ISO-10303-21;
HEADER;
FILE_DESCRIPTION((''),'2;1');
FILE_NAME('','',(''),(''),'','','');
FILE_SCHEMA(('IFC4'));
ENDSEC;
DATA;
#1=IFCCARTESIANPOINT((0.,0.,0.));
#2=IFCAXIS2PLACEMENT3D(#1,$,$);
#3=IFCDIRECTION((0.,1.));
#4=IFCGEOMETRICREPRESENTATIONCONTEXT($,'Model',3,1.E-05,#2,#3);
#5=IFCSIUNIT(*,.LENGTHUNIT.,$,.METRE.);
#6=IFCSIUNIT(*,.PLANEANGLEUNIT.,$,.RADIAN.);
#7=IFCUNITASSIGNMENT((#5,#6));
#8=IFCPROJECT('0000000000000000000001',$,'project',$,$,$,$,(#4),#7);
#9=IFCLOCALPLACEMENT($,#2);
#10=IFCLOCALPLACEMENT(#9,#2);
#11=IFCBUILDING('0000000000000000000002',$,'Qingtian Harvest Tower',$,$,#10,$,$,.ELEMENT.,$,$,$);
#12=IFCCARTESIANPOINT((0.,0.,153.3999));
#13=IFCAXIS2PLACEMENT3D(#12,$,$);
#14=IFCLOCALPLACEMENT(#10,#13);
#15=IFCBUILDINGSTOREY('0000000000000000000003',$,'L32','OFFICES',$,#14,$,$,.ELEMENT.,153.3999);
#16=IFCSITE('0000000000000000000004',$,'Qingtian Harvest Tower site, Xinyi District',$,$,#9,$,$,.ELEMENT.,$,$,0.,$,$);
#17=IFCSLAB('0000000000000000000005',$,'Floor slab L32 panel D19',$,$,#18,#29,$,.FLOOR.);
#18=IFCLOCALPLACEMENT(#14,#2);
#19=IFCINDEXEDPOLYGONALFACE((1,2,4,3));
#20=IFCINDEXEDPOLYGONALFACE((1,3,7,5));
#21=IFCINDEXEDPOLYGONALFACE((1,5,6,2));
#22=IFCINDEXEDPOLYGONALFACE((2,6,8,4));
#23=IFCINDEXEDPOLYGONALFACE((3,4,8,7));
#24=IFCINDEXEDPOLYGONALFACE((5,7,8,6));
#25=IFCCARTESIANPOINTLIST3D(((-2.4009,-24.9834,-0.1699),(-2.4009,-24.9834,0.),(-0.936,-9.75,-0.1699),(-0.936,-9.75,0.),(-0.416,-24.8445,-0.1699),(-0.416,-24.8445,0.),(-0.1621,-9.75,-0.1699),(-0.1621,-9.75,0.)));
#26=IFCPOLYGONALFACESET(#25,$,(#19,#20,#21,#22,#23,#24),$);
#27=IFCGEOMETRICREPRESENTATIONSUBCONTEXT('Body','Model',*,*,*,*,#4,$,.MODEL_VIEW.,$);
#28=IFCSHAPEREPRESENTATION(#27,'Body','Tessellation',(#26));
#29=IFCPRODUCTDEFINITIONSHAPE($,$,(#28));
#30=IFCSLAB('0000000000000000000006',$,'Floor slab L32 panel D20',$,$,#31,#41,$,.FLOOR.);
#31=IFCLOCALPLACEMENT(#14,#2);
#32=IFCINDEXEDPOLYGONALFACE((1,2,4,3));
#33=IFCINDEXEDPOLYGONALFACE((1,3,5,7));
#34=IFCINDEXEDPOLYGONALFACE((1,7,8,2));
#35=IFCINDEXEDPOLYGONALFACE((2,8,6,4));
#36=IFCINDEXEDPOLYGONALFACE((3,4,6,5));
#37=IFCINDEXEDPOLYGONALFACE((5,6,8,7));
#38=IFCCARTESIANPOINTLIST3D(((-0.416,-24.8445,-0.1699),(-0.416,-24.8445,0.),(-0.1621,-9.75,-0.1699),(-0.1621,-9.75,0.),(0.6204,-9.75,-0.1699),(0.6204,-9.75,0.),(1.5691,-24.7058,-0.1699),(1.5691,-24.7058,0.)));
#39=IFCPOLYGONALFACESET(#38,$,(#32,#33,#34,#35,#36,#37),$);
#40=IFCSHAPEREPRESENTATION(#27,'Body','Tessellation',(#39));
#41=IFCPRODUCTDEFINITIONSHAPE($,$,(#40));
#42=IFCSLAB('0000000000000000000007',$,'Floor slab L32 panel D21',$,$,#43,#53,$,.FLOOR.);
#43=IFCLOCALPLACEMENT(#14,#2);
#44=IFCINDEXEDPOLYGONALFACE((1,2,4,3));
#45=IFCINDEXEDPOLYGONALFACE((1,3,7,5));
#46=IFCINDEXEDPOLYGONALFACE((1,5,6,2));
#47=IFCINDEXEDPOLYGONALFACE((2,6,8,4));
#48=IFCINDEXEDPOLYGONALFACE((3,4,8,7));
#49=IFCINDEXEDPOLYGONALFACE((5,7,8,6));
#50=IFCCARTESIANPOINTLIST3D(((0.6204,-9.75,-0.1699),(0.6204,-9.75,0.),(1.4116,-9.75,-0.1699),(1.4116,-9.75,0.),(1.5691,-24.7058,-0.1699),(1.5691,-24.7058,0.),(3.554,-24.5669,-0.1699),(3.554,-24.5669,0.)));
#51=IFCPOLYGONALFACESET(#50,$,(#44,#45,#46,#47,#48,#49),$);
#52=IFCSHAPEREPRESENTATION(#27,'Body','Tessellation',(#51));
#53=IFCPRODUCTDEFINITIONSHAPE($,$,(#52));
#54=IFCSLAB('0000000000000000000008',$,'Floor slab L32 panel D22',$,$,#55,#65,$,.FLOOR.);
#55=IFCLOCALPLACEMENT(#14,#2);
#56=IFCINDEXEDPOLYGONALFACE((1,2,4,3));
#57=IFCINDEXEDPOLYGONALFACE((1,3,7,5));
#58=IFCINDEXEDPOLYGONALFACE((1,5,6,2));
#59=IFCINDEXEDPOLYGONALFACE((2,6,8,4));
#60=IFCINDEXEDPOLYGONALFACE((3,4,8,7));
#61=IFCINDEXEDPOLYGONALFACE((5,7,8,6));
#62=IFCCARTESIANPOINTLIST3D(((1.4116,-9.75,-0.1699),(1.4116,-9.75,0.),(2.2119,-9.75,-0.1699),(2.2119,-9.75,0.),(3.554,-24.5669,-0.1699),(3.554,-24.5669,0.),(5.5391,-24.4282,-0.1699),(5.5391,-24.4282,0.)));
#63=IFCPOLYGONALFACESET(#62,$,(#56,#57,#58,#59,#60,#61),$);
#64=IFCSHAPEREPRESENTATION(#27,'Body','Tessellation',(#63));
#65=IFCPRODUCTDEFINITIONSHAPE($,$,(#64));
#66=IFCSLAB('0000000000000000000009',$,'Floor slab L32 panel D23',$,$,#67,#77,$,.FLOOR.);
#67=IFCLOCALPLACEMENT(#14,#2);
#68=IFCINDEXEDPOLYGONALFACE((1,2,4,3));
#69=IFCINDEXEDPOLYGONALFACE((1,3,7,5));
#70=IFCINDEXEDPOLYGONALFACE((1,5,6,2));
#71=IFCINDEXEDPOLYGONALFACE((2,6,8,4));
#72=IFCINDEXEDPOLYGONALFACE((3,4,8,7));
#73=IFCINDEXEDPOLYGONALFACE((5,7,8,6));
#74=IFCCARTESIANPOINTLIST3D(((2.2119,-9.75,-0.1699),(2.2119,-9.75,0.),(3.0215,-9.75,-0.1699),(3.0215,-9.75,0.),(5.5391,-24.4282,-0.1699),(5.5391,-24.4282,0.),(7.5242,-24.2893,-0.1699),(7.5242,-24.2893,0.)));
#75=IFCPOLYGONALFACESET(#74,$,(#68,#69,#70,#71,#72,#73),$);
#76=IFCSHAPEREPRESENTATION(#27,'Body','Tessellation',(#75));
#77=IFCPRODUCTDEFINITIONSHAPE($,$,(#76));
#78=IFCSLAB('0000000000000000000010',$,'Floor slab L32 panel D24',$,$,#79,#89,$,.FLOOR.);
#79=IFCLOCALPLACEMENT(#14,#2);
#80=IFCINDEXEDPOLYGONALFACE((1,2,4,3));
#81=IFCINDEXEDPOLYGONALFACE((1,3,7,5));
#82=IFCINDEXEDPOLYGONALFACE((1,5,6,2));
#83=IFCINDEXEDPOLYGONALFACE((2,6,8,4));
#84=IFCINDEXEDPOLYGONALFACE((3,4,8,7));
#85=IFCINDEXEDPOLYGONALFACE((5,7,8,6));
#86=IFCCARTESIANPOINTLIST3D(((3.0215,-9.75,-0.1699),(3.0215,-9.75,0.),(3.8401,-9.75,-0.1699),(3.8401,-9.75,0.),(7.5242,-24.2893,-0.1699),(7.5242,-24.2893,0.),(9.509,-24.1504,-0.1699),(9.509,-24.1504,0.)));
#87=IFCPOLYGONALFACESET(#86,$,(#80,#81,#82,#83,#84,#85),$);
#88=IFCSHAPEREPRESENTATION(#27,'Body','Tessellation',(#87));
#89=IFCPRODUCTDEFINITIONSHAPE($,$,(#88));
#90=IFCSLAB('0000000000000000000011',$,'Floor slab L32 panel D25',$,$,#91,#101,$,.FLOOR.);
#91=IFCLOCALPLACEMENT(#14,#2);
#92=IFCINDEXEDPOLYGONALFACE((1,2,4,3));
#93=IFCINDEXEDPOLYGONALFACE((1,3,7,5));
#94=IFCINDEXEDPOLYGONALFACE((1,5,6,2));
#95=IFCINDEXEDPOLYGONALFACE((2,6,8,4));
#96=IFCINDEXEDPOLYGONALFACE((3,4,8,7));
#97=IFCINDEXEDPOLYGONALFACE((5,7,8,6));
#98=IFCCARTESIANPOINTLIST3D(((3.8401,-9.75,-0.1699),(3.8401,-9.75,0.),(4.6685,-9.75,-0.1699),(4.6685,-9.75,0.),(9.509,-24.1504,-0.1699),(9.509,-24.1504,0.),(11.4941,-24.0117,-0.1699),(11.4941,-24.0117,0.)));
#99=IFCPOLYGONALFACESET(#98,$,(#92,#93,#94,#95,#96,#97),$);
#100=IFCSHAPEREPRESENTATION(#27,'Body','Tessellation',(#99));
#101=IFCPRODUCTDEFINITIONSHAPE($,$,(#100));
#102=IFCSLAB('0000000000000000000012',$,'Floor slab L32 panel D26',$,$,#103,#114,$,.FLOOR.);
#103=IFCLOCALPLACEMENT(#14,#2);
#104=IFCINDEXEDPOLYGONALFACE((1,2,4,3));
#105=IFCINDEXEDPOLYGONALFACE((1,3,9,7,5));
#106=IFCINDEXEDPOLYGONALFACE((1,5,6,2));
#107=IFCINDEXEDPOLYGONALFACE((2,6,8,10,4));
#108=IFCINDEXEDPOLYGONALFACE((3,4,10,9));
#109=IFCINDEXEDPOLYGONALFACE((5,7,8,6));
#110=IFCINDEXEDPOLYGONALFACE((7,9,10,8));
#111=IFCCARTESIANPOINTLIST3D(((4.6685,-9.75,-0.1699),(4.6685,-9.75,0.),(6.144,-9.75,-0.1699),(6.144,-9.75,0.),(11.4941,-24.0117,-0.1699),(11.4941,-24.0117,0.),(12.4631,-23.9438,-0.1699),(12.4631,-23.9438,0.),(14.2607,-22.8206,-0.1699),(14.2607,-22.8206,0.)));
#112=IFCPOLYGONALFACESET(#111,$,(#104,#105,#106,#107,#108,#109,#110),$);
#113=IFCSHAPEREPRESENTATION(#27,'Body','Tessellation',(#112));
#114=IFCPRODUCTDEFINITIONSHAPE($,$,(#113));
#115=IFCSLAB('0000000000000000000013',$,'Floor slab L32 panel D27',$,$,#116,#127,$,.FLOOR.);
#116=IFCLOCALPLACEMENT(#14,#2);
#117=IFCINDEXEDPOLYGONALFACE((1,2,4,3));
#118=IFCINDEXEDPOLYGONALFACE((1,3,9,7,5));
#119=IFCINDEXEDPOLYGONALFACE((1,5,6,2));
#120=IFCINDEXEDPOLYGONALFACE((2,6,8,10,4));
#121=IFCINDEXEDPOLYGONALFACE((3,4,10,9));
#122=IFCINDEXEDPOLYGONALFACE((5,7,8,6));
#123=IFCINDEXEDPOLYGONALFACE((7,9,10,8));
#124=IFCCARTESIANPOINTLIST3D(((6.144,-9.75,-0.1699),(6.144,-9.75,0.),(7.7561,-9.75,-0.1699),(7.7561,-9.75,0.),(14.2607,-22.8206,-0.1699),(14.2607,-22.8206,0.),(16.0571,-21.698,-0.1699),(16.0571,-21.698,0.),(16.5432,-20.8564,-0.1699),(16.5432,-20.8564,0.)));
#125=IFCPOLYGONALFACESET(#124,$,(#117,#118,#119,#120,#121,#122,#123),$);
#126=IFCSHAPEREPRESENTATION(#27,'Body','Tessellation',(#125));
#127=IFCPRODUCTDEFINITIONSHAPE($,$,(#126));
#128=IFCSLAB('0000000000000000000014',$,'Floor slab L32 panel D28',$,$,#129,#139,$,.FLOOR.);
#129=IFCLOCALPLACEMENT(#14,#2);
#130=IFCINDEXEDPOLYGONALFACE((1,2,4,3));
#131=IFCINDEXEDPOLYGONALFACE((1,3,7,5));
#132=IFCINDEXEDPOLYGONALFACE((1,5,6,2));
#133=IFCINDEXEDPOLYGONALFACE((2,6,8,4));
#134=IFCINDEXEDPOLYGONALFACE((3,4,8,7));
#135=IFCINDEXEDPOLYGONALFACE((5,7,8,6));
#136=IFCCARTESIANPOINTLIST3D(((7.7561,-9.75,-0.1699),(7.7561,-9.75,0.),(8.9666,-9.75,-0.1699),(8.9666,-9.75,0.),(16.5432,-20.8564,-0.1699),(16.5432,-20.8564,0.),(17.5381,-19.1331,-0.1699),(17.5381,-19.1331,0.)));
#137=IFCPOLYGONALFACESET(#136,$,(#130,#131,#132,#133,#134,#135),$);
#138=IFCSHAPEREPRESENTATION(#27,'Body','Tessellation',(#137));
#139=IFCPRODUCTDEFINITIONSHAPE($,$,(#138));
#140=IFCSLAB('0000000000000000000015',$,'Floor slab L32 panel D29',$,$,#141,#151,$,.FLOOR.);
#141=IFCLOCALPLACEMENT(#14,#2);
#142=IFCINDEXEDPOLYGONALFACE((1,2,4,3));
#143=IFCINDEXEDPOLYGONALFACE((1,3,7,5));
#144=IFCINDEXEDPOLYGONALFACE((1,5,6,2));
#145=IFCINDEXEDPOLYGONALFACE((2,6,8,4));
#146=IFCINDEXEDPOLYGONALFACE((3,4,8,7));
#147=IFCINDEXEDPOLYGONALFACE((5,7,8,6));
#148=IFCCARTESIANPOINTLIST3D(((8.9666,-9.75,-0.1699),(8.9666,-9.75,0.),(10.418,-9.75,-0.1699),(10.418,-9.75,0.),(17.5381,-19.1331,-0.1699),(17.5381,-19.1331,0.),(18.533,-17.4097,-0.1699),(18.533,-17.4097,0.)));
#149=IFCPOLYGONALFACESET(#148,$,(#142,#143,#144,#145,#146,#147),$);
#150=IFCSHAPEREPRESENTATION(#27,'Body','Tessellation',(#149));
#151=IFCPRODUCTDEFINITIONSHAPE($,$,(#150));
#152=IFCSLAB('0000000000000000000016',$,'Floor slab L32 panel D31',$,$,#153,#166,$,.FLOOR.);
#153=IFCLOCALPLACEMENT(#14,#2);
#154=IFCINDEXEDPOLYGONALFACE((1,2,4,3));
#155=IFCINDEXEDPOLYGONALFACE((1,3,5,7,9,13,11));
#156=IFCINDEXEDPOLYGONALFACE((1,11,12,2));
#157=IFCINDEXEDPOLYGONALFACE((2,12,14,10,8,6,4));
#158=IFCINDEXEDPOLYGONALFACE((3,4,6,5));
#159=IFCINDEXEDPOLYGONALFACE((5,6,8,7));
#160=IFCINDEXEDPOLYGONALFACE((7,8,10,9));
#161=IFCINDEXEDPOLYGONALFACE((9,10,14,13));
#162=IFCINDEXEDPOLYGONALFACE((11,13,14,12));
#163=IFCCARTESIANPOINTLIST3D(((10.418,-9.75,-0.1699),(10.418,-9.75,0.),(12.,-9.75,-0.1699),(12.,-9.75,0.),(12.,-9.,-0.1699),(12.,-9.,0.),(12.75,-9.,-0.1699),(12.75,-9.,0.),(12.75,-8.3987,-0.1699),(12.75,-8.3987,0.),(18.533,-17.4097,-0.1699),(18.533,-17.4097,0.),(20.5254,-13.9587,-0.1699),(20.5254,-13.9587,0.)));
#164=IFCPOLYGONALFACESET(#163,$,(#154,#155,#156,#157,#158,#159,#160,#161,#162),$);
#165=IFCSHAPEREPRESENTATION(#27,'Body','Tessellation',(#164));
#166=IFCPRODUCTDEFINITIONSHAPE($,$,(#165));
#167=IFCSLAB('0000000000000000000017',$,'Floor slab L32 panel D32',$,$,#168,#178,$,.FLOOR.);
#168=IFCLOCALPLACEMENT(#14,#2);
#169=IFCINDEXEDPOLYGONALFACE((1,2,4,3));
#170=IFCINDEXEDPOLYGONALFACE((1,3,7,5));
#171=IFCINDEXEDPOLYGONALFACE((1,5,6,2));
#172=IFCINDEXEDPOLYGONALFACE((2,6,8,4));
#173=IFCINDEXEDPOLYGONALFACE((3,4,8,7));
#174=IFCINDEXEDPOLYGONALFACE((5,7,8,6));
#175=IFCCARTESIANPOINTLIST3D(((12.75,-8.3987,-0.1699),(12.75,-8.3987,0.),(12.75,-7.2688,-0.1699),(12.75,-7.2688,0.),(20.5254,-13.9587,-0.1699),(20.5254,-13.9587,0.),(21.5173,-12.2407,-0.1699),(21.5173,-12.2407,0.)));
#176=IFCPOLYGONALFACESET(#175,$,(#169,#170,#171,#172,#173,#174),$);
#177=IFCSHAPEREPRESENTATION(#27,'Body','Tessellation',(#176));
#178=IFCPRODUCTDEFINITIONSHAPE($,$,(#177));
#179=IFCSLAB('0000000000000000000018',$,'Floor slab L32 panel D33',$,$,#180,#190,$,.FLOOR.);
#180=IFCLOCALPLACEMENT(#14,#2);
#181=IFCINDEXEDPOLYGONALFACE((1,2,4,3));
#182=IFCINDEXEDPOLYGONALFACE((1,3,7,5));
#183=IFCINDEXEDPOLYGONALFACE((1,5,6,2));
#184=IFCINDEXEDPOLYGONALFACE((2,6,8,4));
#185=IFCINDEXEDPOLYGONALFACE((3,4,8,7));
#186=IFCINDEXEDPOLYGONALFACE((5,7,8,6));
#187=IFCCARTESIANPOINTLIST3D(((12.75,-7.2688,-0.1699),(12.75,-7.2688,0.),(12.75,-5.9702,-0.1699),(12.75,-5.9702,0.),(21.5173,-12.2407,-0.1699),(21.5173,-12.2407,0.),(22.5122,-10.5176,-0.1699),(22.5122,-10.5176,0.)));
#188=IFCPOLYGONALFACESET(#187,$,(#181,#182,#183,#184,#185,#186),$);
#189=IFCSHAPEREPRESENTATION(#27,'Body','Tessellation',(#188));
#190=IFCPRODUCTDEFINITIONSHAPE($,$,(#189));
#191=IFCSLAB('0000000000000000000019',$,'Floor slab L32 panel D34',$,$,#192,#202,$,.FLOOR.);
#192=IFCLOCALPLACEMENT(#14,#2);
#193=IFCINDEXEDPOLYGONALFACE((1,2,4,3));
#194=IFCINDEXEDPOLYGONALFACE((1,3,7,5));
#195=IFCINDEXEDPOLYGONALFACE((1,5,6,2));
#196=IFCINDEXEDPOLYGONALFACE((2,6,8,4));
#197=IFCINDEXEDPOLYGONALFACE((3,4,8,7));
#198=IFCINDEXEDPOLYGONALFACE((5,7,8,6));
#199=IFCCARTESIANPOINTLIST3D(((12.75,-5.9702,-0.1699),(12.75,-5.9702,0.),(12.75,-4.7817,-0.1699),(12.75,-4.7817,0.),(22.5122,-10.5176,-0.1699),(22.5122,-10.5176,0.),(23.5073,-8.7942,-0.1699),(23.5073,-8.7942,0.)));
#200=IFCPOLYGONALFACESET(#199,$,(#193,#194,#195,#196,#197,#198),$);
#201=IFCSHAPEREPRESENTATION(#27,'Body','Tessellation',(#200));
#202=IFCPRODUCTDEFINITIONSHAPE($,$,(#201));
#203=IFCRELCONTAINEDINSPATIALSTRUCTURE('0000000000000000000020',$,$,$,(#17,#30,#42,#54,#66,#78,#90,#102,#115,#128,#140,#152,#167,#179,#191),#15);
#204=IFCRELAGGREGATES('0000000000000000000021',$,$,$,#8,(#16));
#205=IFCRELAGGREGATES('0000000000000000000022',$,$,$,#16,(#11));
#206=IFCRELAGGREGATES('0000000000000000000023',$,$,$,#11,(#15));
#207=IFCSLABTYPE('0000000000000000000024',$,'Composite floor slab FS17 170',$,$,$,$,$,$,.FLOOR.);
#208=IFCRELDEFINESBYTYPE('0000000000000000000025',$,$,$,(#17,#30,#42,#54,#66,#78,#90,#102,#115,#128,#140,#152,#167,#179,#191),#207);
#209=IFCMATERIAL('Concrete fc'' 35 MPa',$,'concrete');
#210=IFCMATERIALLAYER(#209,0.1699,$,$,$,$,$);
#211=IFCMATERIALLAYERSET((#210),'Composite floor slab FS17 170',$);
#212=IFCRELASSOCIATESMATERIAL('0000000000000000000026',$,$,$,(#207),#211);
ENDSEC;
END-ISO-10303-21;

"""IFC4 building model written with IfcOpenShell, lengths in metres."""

from ifc_helpers import new_model, si_unit, direction, frame, origin, place, context, subcontext, project, spatial, polyline, outline, extrude, material, layer, layer_set, type_object, element, save


model = new_model("IFC4")

# Units and contexts
model_context = context("Model", 3, precision=1e-05, world=origin(), true_north=direction((0.0, 1.0)))
body_context = subcontext(model_context, "Body", "Model", "MODEL_VIEW")
ifc_project = project(units=[si_unit("LENGTHUNIT", "METRE"), si_unit("PLANEANGLEUNIT", "RADIAN")], contexts=[model_context])

# Site, building, storey
site_placement = place(None, origin())
site = spatial("IfcSite", under=ifc_project, at=site_placement, Name="Qingtian Harvest Tower site, Xinyi District", CompositionType="ELEMENT", RefElevation=0.0)
building_placement = place(site_placement, origin())
building = spatial("IfcBuilding", under=site, at=building_placement, Name="Qingtian Harvest Tower", CompositionType="ELEMENT")
storey_placement = place(building_placement, frame((0.0, 0.0, 153.3999)))
storey = spatial("IfcBuildingStorey", under=building, at=storey_placement, Name="L32", Description="OFFICES", CompositionType="ELEMENT", Elevation=153.3999)

# Slabs
ifc_material = material(Name="Concrete fc' 35 MPa", Category="concrete")
ifc_layer = layer(ifc_material, 0.1699)
ifc_layer_set = layer_set([ifc_layer], Name="Composite floor slab FS17 170")
slab_type = type_object("IfcSlabType", Name="Composite floor slab FS17 170", PredefinedType="FLOOR", material=ifc_layer_set)
slab_1_placement = place(storey_placement, frame((0.0, 0.0, -0.1699)))
element("IfcSlab", 1, at=slab_1_placement, inside=storey, type_object=slab_type, Name="Floor slab L32 panel D19", PredefinedType="FLOOR", context=body_context, shape_type="SweptSolid", body=[
    extrude(outline(polyline([(-0.1621, -9.75), (-0.416, -24.8445), (-2.4009, -24.9834), (-0.936, -9.75), (-0.1621, -9.75)])), origin(), (0.0, 0.0, 1.0), 0.1699),
])
slab_2_placement = place(storey_placement, frame((0.0, 0.0, -0.1699)))
element("IfcSlab", 2, at=slab_2_placement, inside=storey, type_object=slab_type, Name="Floor slab L32 panel D20", PredefinedType="FLOOR", context=body_context, shape_type="SweptSolid", body=[
    extrude(outline(polyline([(0.6204, -9.75), (1.5691, -24.7058), (-0.416, -24.8445), (-0.1621, -9.75), (0.6204, -9.75)])), origin(), (0.0, 0.0, 1.0), 0.1699),
])
slab_3_placement = place(storey_placement, frame((0.0, 0.0, -0.1699)))
element("IfcSlab", 3, at=slab_3_placement, inside=storey, type_object=slab_type, Name="Floor slab L32 panel D21", PredefinedType="FLOOR", context=body_context, shape_type="SweptSolid", body=[
    extrude(outline(polyline([(1.4116, -9.75), (3.554, -24.5669), (1.5691, -24.7058), (0.6204, -9.75), (1.4116, -9.75)])), origin(), (0.0, 0.0, 1.0), 0.1699),
])
slab_4_placement = place(storey_placement, frame((0.0, 0.0, -0.1699)))
element("IfcSlab", 4, at=slab_4_placement, inside=storey, type_object=slab_type, Name="Floor slab L32 panel D22", PredefinedType="FLOOR", context=body_context, shape_type="SweptSolid", body=[
    extrude(outline(polyline([(2.2119, -9.75), (5.5391, -24.4282), (3.554, -24.5669), (1.4116, -9.75), (2.2119, -9.75)])), origin(), (0.0, 0.0, 1.0), 0.1699),
])
slab_5_placement = place(storey_placement, frame((0.0, 0.0, -0.1699)))
element("IfcSlab", 5, at=slab_5_placement, inside=storey, type_object=slab_type, Name="Floor slab L32 panel D23", PredefinedType="FLOOR", context=body_context, shape_type="SweptSolid", body=[
    extrude(outline(polyline([(3.0215, -9.75), (7.5242, -24.2893), (5.5391, -24.4282), (2.2119, -9.75), (3.0215, -9.75)])), origin(), (0.0, 0.0, 1.0), 0.1699),
])
slab_6_placement = place(storey_placement, frame((0.0, 0.0, -0.1699)))
element("IfcSlab", 6, at=slab_6_placement, inside=storey, type_object=slab_type, Name="Floor slab L32 panel D24", PredefinedType="FLOOR", context=body_context, shape_type="SweptSolid", body=[
    extrude(outline(polyline([(3.8401, -9.75), (9.509, -24.1504), (7.5242, -24.2893), (3.0215, -9.75), (3.8401, -9.75)])), origin(), (0.0, 0.0, 1.0), 0.1699),
])
slab_7_placement = place(storey_placement, frame((0.0, 0.0, -0.1699)))
element("IfcSlab", 7, at=slab_7_placement, inside=storey, type_object=slab_type, Name="Floor slab L32 panel D25", PredefinedType="FLOOR", context=body_context, shape_type="SweptSolid", body=[
    extrude(outline(polyline([(4.6685, -9.75), (11.4941, -24.0117), (9.509, -24.1504), (3.8401, -9.75), (4.6685, -9.75)])), origin(), (0.0, 0.0, 1.0), 0.1699),
])
slab_8_placement = place(storey_placement, frame((0.0, 0.0, -0.1699)))
element("IfcSlab", 8, at=slab_8_placement, inside=storey, type_object=slab_type, Name="Floor slab L32 panel D26", PredefinedType="FLOOR", context=body_context, shape_type="SweptSolid", body=[
    extrude(outline(polyline([(4.6685, -9.75), (6.144, -9.75), (14.2607, -22.8206), (12.4631, -23.9438), (11.4941, -24.0117), (4.6685, -9.75)])), origin(), (0.0, 0.0, 1.0), 0.1699),
])
slab_9_placement = place(storey_placement, frame((0.0, 0.0, -0.1699)))
element("IfcSlab", 9, at=slab_9_placement, inside=storey, type_object=slab_type, Name="Floor slab L32 panel D27", PredefinedType="FLOOR", context=body_context, shape_type="SweptSolid", body=[
    extrude(outline(polyline([(6.144, -9.75), (7.7561, -9.75), (16.5432, -20.8564), (16.0571, -21.698), (14.2607, -22.8206), (6.144, -9.75)])), origin(), (0.0, 0.0, 1.0), 0.1699),
])
slab_10_placement = place(storey_placement, frame((0.0, 0.0, -0.1699)))
element("IfcSlab", 10, at=slab_10_placement, inside=storey, type_object=slab_type, Name="Floor slab L32 panel D28", PredefinedType="FLOOR", context=body_context, shape_type="SweptSolid", body=[
    extrude(outline(polyline([(8.9666, -9.75), (17.5381, -19.1331), (16.5432, -20.8564), (7.7561, -9.75), (8.9666, -9.75)])), origin(), (0.0, 0.0, 1.0), 0.1699),
])
slab_11_placement = place(storey_placement, frame((0.0, 0.0, -0.1699)))
element("IfcSlab", 11, at=slab_11_placement, inside=storey, type_object=slab_type, Name="Floor slab L32 panel D29", PredefinedType="FLOOR", context=body_context, shape_type="SweptSolid", body=[
    extrude(outline(polyline([(10.418, -9.75), (18.533, -17.4097), (17.5381, -19.1331), (8.9666, -9.75), (10.418, -9.75)])), origin(), (0.0, 0.0, 1.0), 0.1699),
])
slab_12_placement = place(storey_placement, frame((0.0, 0.0, -0.1699)))
element("IfcSlab", 12, at=slab_12_placement, inside=storey, type_object=slab_type, Name="Floor slab L32 panel D31", PredefinedType="FLOOR", context=body_context, shape_type="SweptSolid", body=[
    extrude(outline(polyline([(12.75, -8.3987), (20.5254, -13.9587), (18.533, -17.4097), (10.418, -9.75), (12.0, -9.75), (12.0, -9.0), (12.75, -9.0), (12.75, -8.3987)])), origin(), (0.0, 0.0, 1.0), 0.1699),
])
slab_13_placement = place(storey_placement, frame((0.0, 0.0, -0.1699)))
element("IfcSlab", 13, at=slab_13_placement, inside=storey, type_object=slab_type, Name="Floor slab L32 panel D32", PredefinedType="FLOOR", context=body_context, shape_type="SweptSolid", body=[
    extrude(outline(polyline([(12.75, -7.2688), (21.5173, -12.2407), (20.5254, -13.9587), (12.75, -8.3987), (12.75, -7.2688)])), origin(), (0.0, 0.0, 1.0), 0.1699),
])
slab_14_placement = place(storey_placement, frame((0.0, 0.0, -0.1699)))
element("IfcSlab", 14, at=slab_14_placement, inside=storey, type_object=slab_type, Name="Floor slab L32 panel D33", PredefinedType="FLOOR", context=body_context, shape_type="SweptSolid", body=[
    extrude(outline(polyline([(12.75, -5.9702), (22.5122, -10.5176), (21.5173, -12.2407), (12.75, -7.2688), (12.75, -5.9702)])), origin(), (0.0, 0.0, 1.0), 0.1699),
])
slab_15_placement = place(storey_placement, frame((0.0, 0.0, -0.1699)))
element("IfcSlab", 15, at=slab_15_placement, inside=storey, type_object=slab_type, Name="Floor slab L32 panel D34", PredefinedType="FLOOR", context=body_context, shape_type="SweptSolid", body=[
    extrude(outline(polyline([(12.75, -4.7817), (23.5073, -8.7942), (22.5122, -10.5176), (12.75, -5.9702), (12.75, -4.7817)])), origin(), (0.0, 0.0, 1.0), 0.1699),
])

save(model, "model.ifc")
